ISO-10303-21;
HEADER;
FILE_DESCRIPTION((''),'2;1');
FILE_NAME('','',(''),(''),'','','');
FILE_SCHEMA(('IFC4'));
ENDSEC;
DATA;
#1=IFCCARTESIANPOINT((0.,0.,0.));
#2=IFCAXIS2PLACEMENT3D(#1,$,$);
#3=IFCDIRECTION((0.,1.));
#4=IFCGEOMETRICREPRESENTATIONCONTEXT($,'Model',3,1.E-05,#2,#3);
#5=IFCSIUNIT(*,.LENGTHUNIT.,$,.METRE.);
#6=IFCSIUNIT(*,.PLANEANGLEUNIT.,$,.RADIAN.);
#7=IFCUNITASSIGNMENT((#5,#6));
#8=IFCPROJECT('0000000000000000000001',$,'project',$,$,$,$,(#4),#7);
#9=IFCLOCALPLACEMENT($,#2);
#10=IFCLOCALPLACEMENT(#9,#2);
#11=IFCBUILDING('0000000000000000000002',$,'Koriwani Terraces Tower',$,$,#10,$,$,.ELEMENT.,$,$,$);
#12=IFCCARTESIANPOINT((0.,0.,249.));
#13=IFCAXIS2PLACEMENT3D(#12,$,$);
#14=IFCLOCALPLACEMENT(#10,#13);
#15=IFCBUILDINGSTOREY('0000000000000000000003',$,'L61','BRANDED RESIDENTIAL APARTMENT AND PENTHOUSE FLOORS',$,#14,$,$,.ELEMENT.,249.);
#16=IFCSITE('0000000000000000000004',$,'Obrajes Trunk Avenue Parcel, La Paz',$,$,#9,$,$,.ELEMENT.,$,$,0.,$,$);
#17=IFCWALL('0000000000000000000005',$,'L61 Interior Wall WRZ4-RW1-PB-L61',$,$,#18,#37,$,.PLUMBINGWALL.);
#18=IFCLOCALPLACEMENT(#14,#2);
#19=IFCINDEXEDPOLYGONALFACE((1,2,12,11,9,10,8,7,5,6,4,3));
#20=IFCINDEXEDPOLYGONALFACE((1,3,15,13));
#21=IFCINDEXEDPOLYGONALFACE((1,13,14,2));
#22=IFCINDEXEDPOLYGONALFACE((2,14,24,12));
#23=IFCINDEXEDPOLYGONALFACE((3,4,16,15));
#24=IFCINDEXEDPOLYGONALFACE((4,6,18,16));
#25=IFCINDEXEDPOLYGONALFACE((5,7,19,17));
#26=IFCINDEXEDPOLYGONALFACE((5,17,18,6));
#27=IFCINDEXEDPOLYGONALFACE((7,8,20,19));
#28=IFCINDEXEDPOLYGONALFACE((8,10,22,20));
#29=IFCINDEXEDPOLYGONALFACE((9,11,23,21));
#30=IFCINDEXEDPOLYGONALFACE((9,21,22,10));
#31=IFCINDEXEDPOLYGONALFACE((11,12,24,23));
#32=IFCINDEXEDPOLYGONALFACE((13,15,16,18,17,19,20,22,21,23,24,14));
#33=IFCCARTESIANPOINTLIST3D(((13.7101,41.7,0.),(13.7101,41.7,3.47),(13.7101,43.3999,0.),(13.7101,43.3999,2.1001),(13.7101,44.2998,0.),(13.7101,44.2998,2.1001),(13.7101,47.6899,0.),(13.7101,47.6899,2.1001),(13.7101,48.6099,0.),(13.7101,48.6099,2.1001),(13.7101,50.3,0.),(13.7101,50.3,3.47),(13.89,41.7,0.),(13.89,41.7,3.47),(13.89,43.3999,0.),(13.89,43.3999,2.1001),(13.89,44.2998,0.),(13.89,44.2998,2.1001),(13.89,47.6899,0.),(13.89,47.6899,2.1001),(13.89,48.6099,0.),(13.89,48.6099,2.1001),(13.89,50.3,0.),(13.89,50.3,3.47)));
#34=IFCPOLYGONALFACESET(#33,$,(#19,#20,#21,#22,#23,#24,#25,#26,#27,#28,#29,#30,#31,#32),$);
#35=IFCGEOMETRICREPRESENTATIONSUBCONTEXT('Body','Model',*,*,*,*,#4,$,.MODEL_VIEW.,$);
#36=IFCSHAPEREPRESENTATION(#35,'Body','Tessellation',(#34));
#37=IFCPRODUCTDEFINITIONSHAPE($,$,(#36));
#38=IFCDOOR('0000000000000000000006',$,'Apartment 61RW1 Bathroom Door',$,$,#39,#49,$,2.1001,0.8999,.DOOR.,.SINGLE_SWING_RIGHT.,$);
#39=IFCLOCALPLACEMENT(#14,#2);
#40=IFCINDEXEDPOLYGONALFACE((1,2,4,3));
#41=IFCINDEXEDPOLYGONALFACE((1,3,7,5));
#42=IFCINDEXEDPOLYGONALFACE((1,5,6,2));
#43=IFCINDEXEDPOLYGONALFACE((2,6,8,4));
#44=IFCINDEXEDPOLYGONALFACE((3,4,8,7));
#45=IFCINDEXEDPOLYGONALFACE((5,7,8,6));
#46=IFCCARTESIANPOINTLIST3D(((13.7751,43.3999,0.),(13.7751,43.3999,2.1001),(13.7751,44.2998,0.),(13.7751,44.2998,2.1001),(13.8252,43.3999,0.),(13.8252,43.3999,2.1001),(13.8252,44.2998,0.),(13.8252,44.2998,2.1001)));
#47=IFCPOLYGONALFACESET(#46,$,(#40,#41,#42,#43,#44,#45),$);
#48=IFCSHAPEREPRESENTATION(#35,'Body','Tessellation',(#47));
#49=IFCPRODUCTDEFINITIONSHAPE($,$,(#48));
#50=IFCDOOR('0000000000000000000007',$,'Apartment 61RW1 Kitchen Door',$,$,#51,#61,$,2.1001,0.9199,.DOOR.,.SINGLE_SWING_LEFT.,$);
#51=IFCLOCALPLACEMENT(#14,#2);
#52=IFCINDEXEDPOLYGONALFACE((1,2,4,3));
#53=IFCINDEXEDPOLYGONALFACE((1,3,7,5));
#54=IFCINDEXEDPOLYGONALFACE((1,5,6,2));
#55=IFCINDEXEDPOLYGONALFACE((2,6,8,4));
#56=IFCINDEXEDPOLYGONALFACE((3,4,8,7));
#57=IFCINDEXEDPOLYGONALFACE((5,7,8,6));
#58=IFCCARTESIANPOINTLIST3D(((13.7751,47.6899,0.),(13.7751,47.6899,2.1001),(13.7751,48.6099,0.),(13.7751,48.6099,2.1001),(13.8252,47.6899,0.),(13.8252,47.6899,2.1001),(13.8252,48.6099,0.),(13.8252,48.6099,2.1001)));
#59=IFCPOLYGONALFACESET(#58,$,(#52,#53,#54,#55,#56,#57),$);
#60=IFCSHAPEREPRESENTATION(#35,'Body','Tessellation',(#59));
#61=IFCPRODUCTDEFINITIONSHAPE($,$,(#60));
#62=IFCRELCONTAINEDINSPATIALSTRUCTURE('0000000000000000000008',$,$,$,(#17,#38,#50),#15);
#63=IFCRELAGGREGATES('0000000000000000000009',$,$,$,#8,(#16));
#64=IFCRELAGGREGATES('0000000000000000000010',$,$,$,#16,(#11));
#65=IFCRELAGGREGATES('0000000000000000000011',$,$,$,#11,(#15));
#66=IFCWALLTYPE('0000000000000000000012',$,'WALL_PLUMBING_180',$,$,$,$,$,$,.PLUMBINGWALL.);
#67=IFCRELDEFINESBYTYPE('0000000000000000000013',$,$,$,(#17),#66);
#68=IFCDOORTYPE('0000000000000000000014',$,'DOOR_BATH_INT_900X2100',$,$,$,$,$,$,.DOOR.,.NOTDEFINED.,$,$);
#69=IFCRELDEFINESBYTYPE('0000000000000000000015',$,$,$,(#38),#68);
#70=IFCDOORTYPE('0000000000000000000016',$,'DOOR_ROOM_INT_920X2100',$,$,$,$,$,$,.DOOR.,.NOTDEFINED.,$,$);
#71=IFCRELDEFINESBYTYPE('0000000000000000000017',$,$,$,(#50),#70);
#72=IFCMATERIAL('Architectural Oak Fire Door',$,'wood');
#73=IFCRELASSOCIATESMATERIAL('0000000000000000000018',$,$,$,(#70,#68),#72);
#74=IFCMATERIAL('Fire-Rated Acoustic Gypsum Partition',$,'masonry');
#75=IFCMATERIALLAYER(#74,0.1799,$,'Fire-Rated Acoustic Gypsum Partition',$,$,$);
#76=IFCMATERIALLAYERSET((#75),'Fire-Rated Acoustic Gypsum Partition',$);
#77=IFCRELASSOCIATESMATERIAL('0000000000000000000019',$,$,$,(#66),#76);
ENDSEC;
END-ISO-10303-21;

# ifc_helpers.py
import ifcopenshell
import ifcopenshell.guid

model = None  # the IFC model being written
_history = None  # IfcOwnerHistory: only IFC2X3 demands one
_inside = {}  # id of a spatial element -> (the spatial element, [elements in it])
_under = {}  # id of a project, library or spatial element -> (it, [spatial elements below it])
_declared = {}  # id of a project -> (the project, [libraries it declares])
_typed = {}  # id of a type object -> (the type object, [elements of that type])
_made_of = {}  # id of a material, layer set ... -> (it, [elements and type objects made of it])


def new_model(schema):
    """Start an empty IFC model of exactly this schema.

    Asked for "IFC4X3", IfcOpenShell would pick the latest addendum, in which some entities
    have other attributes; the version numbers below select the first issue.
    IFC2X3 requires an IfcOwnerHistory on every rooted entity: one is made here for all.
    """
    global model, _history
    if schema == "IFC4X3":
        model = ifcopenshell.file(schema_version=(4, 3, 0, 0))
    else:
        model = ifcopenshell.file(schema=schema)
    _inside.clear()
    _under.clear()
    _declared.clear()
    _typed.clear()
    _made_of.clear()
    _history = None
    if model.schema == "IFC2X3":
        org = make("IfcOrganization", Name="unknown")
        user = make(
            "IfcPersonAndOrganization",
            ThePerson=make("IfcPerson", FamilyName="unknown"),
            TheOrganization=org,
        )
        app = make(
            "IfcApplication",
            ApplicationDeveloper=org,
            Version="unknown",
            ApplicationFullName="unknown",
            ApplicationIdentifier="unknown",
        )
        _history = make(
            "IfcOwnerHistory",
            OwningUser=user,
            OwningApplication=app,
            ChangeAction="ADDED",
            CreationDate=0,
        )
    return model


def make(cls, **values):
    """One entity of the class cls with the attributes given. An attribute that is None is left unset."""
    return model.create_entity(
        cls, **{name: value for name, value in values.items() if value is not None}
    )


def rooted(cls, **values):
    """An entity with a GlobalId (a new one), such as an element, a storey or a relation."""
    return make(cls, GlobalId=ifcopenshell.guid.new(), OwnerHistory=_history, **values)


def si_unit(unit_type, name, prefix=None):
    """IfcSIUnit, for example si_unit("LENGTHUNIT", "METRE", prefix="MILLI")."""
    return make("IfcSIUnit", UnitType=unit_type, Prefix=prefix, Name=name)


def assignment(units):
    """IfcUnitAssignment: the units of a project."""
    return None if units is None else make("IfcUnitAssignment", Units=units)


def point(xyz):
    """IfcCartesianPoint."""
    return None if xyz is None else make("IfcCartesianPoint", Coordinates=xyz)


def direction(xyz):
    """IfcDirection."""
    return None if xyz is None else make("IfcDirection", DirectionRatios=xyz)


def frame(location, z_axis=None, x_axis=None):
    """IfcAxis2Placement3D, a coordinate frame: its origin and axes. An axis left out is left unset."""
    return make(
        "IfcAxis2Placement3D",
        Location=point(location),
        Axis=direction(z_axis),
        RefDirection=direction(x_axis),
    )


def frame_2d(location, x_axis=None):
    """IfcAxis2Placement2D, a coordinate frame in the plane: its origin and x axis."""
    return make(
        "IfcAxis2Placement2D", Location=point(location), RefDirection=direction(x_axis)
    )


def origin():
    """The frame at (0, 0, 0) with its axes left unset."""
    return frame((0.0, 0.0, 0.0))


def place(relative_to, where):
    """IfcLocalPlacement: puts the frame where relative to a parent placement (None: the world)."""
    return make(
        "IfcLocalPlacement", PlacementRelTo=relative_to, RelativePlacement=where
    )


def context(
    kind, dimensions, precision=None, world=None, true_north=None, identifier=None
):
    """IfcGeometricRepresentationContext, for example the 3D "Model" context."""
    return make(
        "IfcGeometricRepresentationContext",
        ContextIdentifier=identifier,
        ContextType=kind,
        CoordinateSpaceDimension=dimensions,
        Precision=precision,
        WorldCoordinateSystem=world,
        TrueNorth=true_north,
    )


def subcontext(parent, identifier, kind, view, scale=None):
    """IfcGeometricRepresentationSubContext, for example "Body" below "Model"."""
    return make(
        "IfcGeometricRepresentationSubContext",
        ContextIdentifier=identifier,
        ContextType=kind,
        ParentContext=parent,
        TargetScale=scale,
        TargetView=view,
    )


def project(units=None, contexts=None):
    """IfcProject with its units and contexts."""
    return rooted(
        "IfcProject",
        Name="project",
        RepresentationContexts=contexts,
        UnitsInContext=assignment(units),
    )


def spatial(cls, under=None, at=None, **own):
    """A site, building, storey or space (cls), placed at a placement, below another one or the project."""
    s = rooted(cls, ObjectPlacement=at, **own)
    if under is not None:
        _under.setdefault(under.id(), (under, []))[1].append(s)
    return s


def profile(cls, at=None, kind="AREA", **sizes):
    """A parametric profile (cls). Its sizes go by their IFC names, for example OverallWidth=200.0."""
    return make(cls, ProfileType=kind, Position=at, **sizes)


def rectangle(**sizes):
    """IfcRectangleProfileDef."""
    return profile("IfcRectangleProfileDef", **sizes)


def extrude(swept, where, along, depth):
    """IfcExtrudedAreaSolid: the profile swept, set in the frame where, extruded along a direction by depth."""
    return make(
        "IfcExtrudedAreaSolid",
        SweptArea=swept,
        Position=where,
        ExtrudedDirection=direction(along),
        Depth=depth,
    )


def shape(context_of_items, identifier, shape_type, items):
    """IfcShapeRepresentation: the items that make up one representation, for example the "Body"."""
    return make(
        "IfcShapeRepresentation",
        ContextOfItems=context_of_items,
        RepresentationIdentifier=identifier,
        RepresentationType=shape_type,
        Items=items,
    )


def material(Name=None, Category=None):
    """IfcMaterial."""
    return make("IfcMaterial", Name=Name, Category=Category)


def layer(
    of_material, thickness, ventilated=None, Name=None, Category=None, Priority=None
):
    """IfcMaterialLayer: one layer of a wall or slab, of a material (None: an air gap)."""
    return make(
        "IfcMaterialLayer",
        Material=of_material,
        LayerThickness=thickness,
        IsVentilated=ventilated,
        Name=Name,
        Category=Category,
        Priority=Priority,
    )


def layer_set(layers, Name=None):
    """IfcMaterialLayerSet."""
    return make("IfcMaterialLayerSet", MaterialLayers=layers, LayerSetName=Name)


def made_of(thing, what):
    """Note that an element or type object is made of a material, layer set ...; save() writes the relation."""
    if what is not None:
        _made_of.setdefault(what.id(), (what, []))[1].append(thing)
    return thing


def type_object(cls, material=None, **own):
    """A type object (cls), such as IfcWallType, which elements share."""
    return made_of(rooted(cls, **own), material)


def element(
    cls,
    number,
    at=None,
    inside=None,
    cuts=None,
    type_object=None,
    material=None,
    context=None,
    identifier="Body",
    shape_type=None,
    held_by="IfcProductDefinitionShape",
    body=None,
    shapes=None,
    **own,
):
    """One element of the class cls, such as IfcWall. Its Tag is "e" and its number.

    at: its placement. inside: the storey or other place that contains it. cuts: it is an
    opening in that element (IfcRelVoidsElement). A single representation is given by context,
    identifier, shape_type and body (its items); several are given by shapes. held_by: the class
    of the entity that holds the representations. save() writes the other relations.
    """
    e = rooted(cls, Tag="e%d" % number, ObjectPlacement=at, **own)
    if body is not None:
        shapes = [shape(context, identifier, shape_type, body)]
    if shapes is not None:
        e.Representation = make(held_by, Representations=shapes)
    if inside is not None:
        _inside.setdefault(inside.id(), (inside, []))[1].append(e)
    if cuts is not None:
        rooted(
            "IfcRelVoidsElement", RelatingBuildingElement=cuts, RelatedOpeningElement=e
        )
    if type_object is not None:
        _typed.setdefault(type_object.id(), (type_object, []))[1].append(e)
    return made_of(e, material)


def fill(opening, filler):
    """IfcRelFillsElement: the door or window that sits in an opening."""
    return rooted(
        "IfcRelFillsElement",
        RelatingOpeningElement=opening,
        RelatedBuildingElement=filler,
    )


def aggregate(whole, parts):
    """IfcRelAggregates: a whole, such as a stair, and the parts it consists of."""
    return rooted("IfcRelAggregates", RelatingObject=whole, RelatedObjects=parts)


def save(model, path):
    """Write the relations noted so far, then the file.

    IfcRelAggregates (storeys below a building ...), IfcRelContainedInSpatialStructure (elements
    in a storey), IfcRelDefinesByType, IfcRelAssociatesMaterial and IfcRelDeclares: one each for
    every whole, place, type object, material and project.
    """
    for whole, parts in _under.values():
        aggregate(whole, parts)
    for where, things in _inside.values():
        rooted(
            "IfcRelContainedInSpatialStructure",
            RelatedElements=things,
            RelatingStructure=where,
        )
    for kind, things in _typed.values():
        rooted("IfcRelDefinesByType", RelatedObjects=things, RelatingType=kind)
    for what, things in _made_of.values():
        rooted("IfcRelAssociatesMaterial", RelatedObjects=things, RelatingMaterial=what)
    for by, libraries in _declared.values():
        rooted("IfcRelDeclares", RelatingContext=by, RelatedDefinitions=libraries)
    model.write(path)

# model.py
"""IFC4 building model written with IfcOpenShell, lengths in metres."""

from ifc_helpers import new_model, si_unit, direction, frame, frame_2d, origin, place, context, subcontext, project, spatial, rectangle, extrude, material, layer, layer_set, type_object, element, fill, save


model = new_model("IFC4")

# Units and contexts
model_context = context("Model", 3, precision=1e-05, world=origin(), true_north=direction((0.0, 1.0)))
body_context = subcontext(model_context, "Body", "Model", "MODEL_VIEW")
ifc_project = project(units=[si_unit("LENGTHUNIT", "METRE"), si_unit("PLANEANGLEUNIT", "RADIAN")], contexts=[model_context])

# Site, building, storey
site_placement = place(None, origin())
site = spatial("IfcSite", under=ifc_project, at=site_placement, Name="Obrajes Trunk Avenue Parcel, La Paz", CompositionType="ELEMENT", RefElevation=0.0)
building_placement = place(site_placement, origin())
building = spatial("IfcBuilding", under=site, at=building_placement, Name="Koriwani Terraces Tower", CompositionType="ELEMENT")
storey_placement = place(building_placement, frame((0.0, 0.0, 249.0)))
storey = spatial("IfcBuildingStorey", under=building, at=storey_placement, Name="L61", Description="BRANDED RESIDENTIAL APARTMENT AND PENTHOUSE FLOORS", CompositionType="ELEMENT", Elevation=249.0)

# Shared definitions
ifc_material_1 = material(Name="Architectural Oak Fire Door", Category="wood")

# Shared definitions
ifc_material_2 = material(Name="Fire-Rated Acoustic Gypsum Partition", Category="masonry")
door_type_1 = type_object("IfcDoorType", Name="DOOR_ROOM_INT_920X2100", OperationType="NOTDEFINED", PredefinedType="DOOR", material=ifc_material_1)

# Wall, openings, doors
ifc_layer_1 = layer(ifc_material_2, 0.1799, Name="Fire-Rated Acoustic Gypsum Partition")
ifc_layer_set_1 = layer_set([ifc_layer_1], Name="Fire-Rated Acoustic Gypsum Partition")
wall_type_1 = type_object("IfcWallType", Name="WALL_PLUMBING_180", PredefinedType="PLUMBINGWALL", material=ifc_layer_set_1)
wall_1_placement = place(storey_placement, frame((13.8, 41.7, 0.0), z_axis=(0.0, 0.0, 1.0), x_axis=(0.0, 1.0, 0.0)))
wall_1 = element("IfcWall", 1, at=wall_1_placement, inside=storey, type_object=wall_type_1, Name="L61 Interior Wall WRZ4-RW1-PB-L61", PredefinedType="PLUMBINGWALL", context=body_context, shape_type="SweptSolid", body=[
    extrude(rectangle(XDim=8.6001, YDim=0.1799, at=frame_2d((4.3, 0.0))), origin(), (0.0, 0.0, 1.0), 3.47),
])
opening_1_placement = place(wall_1_placement, frame((1.7, 0.0, 0.0)))
opening_1 = element("IfcOpeningElement", 2, at=opening_1_placement, cuts=wall_1, PredefinedType="OPENING", context=body_context, shape_type="SweptSolid", body=[
    extrude(rectangle(XDim=0.8999, YDim=2.1001, at=frame_2d((0.45, 1.05))), frame((0.0, 0.1001, 0.0), z_axis=(0.0, -1.0, 0.0), x_axis=(1.0, 0.0, 0.0)), (0.0, 0.0, 1.0), 0.2),
])
opening_2_placement = place(wall_1_placement, frame((5.99, 0.0, 0.0)))
opening_2 = element("IfcOpeningElement", 3, at=opening_2_placement, cuts=wall_1, PredefinedType="OPENING", context=body_context, shape_type="SweptSolid", body=[
    extrude(rectangle(XDim=0.9199, YDim=2.1001, at=frame_2d((0.46, 1.05))), frame((0.0, 0.1001, 0.0), z_axis=(0.0, -1.0, 0.0), x_axis=(1.0, 0.0, 0.0)), (0.0, 0.0, 1.0), 0.2),
])
door_type_2 = type_object("IfcDoorType", Name="DOOR_BATH_INT_900X2100", OperationType="NOTDEFINED", PredefinedType="DOOR", material=ifc_material_1)
door_1_placement = place(opening_1_placement, origin())
door_1 = element("IfcDoor", 4, at=door_1_placement, inside=storey, type_object=door_type_2, Name="Apartment 61RW1 Bathroom Door", OperationType="SINGLE_SWING_RIGHT", OverallHeight=2.1001, OverallWidth=0.8999, PredefinedType="DOOR", context=body_context, shape_type="SweptSolid", body=[
    extrude(rectangle(XDim=0.8999, YDim=2.1001, at=frame_2d((0.45, 1.05))), frame((0.0, 0.0249, 0.0), z_axis=(0.0, -1.0, 0.0), x_axis=(1.0, 0.0, 0.0)), (0.0, 0.0, 1.0), 0.05),
])
fill(opening_1, door_1)
door_2_placement = place(opening_2_placement, origin())
door_2 = element("IfcDoor", 5, at=door_2_placement, inside=storey, type_object=door_type_1, Name="Apartment 61RW1 Kitchen Door", OperationType="SINGLE_SWING_LEFT", OverallHeight=2.1001, OverallWidth=0.9199, PredefinedType="DOOR", context=body_context, shape_type="SweptSolid", body=[
    extrude(rectangle(XDim=0.9199, YDim=2.1001, at=frame_2d((0.46, 1.05))), frame((0.0, 0.0249, 0.0), z_axis=(0.0, -1.0, 0.0), x_axis=(1.0, 0.0, 0.0)), (0.0, 0.0, 1.0), 0.05),
])
fill(opening_2, door_2)

save(model, "model.ifc")
